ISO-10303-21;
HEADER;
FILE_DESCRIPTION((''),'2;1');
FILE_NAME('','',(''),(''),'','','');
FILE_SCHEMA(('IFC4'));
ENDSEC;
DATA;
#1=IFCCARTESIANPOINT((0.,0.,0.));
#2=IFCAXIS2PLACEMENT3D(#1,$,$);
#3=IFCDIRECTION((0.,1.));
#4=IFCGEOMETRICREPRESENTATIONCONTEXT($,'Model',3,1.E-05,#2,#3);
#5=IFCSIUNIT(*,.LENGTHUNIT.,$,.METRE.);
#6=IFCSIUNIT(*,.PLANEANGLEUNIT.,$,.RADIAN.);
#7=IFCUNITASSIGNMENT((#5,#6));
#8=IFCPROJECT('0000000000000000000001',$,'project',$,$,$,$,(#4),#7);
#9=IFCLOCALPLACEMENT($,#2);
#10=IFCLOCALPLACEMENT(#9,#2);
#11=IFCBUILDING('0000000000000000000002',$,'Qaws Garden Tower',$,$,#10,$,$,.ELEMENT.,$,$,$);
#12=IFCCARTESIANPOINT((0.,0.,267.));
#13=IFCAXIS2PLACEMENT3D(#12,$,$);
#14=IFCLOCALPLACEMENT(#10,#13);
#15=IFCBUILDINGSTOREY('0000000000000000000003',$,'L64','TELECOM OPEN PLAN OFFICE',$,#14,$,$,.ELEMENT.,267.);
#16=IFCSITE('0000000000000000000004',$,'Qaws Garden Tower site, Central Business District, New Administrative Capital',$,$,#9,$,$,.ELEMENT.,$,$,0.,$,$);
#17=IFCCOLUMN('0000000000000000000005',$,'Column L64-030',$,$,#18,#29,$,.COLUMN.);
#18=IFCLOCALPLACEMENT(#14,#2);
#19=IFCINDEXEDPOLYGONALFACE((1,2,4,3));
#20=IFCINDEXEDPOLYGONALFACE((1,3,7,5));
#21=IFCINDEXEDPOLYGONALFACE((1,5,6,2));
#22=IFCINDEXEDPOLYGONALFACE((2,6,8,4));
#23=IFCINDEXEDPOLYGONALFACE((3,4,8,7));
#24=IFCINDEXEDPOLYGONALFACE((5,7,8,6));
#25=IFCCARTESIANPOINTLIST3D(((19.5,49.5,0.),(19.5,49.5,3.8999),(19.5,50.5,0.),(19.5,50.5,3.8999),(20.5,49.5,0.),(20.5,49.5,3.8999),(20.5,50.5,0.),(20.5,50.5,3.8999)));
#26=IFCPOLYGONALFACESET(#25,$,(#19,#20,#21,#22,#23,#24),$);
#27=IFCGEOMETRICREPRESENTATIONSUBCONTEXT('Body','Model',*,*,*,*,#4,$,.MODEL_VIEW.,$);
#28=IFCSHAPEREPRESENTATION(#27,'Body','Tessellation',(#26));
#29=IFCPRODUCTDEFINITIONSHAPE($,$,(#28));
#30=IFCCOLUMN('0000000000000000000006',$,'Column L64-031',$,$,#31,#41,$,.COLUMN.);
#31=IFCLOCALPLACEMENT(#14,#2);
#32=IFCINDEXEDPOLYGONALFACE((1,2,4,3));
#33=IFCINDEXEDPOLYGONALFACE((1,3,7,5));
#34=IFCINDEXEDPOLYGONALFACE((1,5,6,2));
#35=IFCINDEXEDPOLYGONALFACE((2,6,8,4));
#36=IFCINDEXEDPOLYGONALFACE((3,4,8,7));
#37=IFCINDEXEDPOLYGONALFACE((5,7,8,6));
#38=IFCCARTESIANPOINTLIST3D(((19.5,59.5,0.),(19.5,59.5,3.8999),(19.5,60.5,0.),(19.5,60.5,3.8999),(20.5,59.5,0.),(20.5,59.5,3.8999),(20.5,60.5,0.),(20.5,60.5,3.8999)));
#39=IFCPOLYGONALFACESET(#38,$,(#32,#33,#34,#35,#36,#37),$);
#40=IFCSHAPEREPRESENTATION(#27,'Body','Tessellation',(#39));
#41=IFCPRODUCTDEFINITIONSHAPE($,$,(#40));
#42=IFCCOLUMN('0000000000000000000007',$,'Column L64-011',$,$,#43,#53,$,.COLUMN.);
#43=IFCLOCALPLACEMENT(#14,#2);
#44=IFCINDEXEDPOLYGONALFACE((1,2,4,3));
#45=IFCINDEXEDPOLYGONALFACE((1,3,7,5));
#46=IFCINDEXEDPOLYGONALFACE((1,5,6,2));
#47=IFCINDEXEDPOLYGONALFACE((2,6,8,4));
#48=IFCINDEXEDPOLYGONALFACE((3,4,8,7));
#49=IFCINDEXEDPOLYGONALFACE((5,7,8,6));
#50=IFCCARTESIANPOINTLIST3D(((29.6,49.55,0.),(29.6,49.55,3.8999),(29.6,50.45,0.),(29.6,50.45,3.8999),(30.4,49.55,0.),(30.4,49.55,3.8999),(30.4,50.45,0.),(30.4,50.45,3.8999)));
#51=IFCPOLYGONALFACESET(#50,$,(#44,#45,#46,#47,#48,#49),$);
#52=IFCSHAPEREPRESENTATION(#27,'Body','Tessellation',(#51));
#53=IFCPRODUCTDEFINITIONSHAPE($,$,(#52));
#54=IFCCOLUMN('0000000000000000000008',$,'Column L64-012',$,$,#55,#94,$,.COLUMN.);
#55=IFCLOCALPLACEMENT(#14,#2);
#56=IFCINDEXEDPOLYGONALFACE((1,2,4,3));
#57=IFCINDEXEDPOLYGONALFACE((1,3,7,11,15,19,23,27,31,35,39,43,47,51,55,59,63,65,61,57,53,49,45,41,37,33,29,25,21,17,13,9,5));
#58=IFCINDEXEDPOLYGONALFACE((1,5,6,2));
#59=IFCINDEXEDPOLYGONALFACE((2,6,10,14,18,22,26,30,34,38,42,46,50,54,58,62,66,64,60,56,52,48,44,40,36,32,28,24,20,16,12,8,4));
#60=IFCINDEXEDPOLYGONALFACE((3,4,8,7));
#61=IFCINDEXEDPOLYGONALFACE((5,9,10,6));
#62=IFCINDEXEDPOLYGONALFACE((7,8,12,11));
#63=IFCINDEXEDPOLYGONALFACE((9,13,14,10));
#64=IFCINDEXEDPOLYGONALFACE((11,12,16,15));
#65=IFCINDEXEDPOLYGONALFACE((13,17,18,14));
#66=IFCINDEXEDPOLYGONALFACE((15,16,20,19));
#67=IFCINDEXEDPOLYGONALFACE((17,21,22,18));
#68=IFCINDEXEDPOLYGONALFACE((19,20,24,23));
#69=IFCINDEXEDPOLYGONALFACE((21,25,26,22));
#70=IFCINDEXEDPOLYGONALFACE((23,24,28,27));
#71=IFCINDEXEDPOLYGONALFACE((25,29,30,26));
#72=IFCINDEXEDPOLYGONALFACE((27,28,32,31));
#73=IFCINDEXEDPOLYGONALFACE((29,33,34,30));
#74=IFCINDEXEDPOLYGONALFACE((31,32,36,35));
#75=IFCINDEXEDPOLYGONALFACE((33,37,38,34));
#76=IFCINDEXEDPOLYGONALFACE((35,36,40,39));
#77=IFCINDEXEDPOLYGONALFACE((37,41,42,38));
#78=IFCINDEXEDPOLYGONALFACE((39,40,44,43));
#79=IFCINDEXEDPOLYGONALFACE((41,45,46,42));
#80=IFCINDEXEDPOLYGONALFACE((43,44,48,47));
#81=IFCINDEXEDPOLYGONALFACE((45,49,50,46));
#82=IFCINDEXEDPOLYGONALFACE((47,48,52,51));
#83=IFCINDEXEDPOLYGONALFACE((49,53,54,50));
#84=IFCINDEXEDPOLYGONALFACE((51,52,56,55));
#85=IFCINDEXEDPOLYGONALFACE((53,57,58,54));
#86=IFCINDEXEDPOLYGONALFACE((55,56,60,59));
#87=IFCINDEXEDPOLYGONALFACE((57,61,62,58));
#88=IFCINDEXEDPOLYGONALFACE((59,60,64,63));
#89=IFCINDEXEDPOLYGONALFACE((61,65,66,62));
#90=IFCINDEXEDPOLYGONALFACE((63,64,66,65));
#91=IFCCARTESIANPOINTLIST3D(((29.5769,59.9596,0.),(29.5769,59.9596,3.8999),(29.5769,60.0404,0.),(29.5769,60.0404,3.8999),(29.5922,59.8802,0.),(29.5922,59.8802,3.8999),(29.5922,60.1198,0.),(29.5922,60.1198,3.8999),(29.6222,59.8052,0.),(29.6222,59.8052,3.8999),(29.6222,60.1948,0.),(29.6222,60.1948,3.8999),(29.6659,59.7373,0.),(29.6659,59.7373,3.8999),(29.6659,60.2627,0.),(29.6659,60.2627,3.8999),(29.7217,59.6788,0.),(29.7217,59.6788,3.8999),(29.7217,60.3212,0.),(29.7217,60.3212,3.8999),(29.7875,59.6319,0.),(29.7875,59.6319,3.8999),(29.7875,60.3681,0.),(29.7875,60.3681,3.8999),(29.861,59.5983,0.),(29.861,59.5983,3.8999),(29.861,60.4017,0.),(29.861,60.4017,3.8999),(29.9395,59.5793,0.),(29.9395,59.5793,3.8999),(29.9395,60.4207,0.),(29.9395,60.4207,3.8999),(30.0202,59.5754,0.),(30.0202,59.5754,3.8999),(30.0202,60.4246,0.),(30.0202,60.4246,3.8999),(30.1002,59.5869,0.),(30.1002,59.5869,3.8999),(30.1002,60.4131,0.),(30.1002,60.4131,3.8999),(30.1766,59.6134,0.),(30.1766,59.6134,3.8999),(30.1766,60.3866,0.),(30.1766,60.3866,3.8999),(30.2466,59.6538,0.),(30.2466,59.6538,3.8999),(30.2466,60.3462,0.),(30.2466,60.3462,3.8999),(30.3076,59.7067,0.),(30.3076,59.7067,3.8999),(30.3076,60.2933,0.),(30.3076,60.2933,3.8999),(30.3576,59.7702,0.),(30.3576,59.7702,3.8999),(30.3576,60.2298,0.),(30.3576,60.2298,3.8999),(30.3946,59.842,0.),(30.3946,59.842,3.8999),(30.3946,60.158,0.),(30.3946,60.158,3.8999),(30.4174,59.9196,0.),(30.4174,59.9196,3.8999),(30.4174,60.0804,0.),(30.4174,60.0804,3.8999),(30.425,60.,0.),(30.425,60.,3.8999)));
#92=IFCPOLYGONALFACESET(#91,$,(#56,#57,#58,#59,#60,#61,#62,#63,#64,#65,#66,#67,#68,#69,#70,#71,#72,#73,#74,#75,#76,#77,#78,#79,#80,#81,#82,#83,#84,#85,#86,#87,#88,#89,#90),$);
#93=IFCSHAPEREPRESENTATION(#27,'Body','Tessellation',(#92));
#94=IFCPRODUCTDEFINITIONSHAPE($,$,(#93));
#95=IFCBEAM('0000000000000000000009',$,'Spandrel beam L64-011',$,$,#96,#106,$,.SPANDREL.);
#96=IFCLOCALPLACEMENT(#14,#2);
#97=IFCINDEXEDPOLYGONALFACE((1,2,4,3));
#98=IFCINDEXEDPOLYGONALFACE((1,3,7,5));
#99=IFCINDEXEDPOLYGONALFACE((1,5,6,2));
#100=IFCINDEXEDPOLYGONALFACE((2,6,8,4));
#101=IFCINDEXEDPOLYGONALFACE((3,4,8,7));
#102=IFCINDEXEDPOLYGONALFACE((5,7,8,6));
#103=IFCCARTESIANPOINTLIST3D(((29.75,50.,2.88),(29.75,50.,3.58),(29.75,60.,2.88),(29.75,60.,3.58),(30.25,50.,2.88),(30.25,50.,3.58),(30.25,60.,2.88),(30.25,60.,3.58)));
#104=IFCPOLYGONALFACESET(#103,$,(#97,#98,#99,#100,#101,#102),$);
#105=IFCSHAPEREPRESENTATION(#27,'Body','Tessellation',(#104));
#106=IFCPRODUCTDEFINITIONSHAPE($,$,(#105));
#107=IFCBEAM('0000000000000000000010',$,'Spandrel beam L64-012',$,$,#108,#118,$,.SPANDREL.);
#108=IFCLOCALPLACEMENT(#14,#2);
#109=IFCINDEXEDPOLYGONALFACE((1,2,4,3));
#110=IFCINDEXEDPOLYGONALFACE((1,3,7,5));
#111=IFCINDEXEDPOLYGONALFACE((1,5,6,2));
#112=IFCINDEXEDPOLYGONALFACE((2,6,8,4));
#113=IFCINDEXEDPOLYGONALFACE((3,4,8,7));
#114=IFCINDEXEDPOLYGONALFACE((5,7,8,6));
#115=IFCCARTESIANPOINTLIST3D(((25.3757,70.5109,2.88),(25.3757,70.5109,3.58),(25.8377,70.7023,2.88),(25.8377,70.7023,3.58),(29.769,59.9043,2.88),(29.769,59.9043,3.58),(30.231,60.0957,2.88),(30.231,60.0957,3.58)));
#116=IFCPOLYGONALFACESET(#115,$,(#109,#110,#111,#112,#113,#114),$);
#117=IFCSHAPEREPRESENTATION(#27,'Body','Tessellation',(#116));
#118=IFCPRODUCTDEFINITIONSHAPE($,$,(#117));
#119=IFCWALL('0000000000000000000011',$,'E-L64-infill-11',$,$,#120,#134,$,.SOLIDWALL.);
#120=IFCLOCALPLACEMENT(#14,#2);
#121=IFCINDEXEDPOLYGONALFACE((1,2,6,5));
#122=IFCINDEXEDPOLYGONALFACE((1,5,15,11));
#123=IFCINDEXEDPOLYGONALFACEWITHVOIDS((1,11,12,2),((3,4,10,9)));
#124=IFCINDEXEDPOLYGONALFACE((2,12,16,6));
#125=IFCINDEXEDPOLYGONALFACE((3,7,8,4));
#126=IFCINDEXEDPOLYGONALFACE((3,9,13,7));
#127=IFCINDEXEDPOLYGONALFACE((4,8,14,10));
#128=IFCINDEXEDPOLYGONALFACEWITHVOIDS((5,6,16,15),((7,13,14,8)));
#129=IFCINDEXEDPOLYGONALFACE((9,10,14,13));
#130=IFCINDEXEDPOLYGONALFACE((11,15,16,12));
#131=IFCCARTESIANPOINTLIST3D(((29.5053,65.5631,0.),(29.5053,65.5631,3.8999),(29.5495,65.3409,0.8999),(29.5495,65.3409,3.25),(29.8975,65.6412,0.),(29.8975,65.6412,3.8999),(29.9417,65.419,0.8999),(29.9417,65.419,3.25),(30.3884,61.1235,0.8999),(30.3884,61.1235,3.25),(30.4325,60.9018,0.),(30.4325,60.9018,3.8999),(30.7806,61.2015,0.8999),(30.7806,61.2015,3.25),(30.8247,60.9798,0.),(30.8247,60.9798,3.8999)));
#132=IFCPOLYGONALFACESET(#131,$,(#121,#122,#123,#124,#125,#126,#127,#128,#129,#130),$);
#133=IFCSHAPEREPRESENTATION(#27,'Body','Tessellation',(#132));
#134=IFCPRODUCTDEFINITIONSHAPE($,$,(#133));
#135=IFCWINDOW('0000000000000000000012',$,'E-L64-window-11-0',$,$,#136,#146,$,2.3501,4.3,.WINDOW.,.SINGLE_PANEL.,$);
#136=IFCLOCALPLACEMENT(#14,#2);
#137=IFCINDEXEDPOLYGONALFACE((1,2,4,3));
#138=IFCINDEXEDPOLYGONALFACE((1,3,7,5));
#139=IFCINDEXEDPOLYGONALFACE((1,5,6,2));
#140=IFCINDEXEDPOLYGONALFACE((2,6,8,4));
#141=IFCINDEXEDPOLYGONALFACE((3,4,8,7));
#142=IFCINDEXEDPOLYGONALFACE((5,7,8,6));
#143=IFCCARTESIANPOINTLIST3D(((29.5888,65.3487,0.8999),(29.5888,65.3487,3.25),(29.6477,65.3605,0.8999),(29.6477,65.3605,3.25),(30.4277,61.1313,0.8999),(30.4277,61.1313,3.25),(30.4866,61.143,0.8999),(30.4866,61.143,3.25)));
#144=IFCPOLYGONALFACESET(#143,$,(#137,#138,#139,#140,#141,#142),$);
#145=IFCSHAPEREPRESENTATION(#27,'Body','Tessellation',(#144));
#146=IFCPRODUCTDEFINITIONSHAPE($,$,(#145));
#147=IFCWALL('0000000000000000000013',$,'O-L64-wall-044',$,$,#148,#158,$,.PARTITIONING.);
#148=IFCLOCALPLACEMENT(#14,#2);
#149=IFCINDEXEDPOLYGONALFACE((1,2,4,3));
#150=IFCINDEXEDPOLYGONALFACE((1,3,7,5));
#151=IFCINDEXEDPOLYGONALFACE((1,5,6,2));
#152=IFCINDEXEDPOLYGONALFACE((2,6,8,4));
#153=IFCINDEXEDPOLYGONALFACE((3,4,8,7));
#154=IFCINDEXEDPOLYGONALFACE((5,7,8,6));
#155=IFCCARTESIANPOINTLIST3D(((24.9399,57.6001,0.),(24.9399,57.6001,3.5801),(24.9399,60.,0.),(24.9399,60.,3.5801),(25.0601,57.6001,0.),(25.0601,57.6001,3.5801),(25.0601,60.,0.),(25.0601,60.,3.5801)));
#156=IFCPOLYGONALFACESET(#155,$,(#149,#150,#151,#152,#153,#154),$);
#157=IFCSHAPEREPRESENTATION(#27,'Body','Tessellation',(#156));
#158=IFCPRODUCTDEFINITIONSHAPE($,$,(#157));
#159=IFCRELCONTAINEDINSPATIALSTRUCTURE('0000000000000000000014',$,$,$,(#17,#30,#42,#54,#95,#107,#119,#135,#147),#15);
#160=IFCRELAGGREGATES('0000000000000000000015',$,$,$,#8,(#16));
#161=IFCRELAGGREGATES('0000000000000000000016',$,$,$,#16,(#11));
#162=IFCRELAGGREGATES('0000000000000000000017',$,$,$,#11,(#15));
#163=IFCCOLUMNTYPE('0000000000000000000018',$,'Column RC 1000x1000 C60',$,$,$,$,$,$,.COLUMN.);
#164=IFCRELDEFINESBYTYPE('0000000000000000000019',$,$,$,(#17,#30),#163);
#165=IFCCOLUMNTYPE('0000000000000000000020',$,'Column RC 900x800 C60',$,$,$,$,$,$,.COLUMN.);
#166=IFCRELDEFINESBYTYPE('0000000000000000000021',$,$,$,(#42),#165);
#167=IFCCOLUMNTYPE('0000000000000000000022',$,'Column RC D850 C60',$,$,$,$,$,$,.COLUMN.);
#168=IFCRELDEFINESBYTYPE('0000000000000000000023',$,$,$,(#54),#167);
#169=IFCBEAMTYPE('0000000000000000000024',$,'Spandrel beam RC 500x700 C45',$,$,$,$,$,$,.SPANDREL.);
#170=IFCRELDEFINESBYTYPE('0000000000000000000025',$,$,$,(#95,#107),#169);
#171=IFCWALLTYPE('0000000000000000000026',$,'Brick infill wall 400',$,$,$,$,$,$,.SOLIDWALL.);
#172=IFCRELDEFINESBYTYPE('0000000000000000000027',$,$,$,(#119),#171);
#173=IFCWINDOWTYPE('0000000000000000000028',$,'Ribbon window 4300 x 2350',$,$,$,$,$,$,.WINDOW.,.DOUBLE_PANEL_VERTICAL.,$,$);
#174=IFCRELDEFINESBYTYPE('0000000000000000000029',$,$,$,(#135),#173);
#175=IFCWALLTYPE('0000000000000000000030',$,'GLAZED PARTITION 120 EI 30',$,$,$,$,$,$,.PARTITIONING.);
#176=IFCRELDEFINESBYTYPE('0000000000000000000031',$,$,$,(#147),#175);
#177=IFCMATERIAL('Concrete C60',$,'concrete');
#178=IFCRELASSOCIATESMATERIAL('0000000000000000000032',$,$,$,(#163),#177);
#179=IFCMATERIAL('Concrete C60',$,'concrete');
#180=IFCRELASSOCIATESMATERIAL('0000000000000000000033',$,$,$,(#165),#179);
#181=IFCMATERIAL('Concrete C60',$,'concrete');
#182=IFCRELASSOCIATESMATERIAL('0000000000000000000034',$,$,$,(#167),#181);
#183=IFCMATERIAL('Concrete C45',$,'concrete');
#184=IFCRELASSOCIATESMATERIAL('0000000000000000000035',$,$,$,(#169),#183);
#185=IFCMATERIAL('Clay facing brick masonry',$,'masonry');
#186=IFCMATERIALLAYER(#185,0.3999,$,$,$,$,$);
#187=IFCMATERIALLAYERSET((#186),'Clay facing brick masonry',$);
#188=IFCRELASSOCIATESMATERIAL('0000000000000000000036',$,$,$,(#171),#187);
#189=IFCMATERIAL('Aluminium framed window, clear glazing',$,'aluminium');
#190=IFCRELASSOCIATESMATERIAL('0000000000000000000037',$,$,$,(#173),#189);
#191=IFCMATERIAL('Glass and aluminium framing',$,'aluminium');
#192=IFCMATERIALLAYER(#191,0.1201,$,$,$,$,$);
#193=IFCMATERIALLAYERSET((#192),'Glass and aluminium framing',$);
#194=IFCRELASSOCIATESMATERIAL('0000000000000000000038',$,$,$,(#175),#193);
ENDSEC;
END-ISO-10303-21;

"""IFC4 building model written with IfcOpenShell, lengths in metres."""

from ifc_helpers import new_model, si_unit, direction, frame, frame_2d, origin, origin_2d, place, context, subcontext, project, spatial, rectangle, circle, extrude, material, layer, layer_set, material_profile, profile_set, type_object, element, fill, save


model = new_model("IFC4")

# Units and contexts
model_context = context("Model", 3, precision=1e-05, world=origin(), true_north=direction((0.0, 1.0)))
body_context = subcontext(model_context, "Body", "Model", "MODEL_VIEW")
ifc_project = project(units=[si_unit("LENGTHUNIT", "METRE"), si_unit("PLANEANGLEUNIT", "RADIAN")], contexts=[model_context])

# Site, building, storey
site_placement = place(None, origin())
site = spatial("IfcSite", under=ifc_project, at=site_placement, Name="Qaws Garden Tower site, Central Business District, New Administrative Capital", CompositionType="ELEMENT", RefElevation=0.0)
building_placement = place(site_placement, origin())
building = spatial("IfcBuilding", under=site, at=building_placement, Name="Qaws Garden Tower", CompositionType="ELEMENT")
storey_placement = place(building_placement, frame((0.0, 0.0, 267.0)))
storey = spatial("IfcBuildingStorey", under=building, at=storey_placement, Name="L64", Description="TELECOM OPEN PLAN OFFICE", CompositionType="ELEMENT", Elevation=267.0)

# Columns
ifc_material_1 = material(Name="Concrete C60", Category="concrete")
ifc_material_profile_1 = material_profile(ifc_material_1, rectangle(XDim=1.0, YDim=1.0, at=origin_2d()), Name="RC 1000x1000")
ifc_profile_set_1 = profile_set([ifc_material_profile_1], Name="Concrete C60")
column_type_1 = type_object("IfcColumnType", Name="Column RC 1000x1000 C60", PredefinedType="COLUMN", material=ifc_profile_set_1)
for number, where, z_axis, x_axis, name in (
    (1, (20.0, 50.0, 0.0), (0.0, 0.0, 1.0), (1.0, 0.0, 0.0), "Column L64-030"),
    (2, (20.0, 60.0, 0.0), (0.0, 0.0, 1.0), (1.0, 0.0, 0.0), "Column L64-031"),
):
    element("IfcColumn", number, at=place(storey_placement, frame(where, z_axis=z_axis, x_axis=x_axis)), inside=storey, type_object=column_type_1, Name=name, PredefinedType="COLUMN", context=body_context, shape_type="SweptSolid", body=[
        extrude(rectangle(XDim=1.0, YDim=1.0, at=origin_2d()), origin(), (0.0, 0.0, 1.0), 3.8999),
    ])
ifc_material_2 = material(Name="Concrete C60", Category="concrete")
ifc_material_profile_2 = material_profile(ifc_material_2, rectangle(XDim=0.8999, YDim=0.8, at=origin_2d()), Name="RC 900x800")
ifc_profile_set_2 = profile_set([ifc_material_profile_2], Name="Concrete C60")
column_type_2 = type_object("IfcColumnType", Name="Column RC 900x800 C60", PredefinedType="COLUMN", material=ifc_profile_set_2)
column_1_placement = place(storey_placement, frame((30.0, 50.0, 0.0), z_axis=(0.0, 0.0, 1.0), x_axis=(0.0, 1.0, 0.0)))
element("IfcColumn", 3, at=column_1_placement, inside=storey, type_object=column_type_2, Name="Column L64-011", PredefinedType="COLUMN", context=body_context, shape_type="SweptSolid", body=[
    extrude(rectangle(XDim=0.8999, YDim=0.8, at=origin_2d()), origin(), (0.0, 0.0, 1.0), 3.8999),
])
ifc_material_3 = material(Name="Concrete C60", Category="concrete")
ifc_material_profile_3 = material_profile(ifc_material_3, circle(Radius=0.425, at=origin_2d()), Name="RC D850")
ifc_profile_set_3 = profile_set([ifc_material_profile_3], Name="Concrete C60")
column_type_3 = type_object("IfcColumnType", Name="Column RC D850 C60", PredefinedType="COLUMN", material=ifc_profile_set_3)
column_2_placement = place(storey_placement, frame((30.0, 60.0, 0.0), z_axis=(0.0, 0.0, 1.0), x_axis=(1.0, 0.0, 0.0)))
element("IfcColumn", 4, at=column_2_placement, inside=storey, type_object=column_type_3, Name="Column L64-012", PredefinedType="COLUMN", context=body_context, shape_type="SweptSolid", body=[
    extrude(circle(Radius=0.425, at=origin_2d()), origin(), (0.0, 0.0, 1.0), 3.8999),
])

# Beams
ifc_material_4 = material(Name="Concrete C45", Category="concrete")
ifc_material_profile_4 = material_profile(ifc_material_4, rectangle(XDim=0.5, YDim=0.7, at=origin_2d()), Name="RC 500x700")
ifc_profile_set_4 = profile_set([ifc_material_profile_4], Name="Concrete C45")
beam_type = type_object("IfcBeamType", Name="Spandrel beam RC 500x700 C45", PredefinedType="SPANDREL", material=ifc_profile_set_4)
beam_1_placement = place(storey_placement, frame((30.0, 50.0, 3.23), z_axis=(0.0, 1.0, 0.0), x_axis=(-1.0, 0.0, 0.0)))
element("IfcBeam", 5, at=beam_1_placement, inside=storey, type_object=beam_type, Name="Spandrel beam L64-011", PredefinedType="SPANDREL", context=body_context, shape_type="SweptSolid", body=[
    extrude(rectangle(XDim=0.5, YDim=0.7, at=origin_2d()), origin(), (0.0, 0.0, 1.0), 10.0),
])
beam_2_placement = place(storey_placement, frame((30.0, 60.0, 3.23), z_axis=(-0.382674, 0.923883, 0.0), x_axis=(-0.923883, -0.382674, 0.0)))
element("IfcBeam", 6, at=beam_2_placement, inside=storey, type_object=beam_type, Name="Spandrel beam L64-012", PredefinedType="SPANDREL", context=body_context, shape_type="SweptSolid", body=[
    extrude(rectangle(XDim=0.5, YDim=0.7, at=origin_2d()), origin(), (0.0, 0.0, 1.0), 11.4805),
])

# Wall, opening, window
ifc_material_5 = material(Name="Clay facing brick masonry", Category="masonry")
ifc_layer_1 = layer(ifc_material_5, 0.3999)
ifc_layer_set_1 = layer_set([ifc_layer_1], Name="Clay facing brick masonry")
wall_type_1 = type_object("IfcWallType", Name="Brick infill wall 400", PredefinedType="SOLIDWALL", material=ifc_layer_set_1)
wall_1_placement = place(storey_placement, frame((30.6287, 60.9407, 0.0), z_axis=(0.0, 0.0, 1.0), x_axis=(-0.195099, 0.980784, 0.0)))
wall_1 = element("IfcWall", 7, at=wall_1_placement, inside=storey, type_object=wall_type_1, Name="E-L64-infill-11", PredefinedType="SOLIDWALL", context=body_context, shape_type="SweptSolid", body=[
    extrude(rectangle(XDim=4.7527, YDim=0.3999, at=frame_2d((2.3765, 0.0))), origin(), (0.0, 0.0, 1.0), 3.8999),
])
opening_1_placement = place(wall_1_placement, frame((0.2263, 0.0, 0.8999)))
opening_1 = element("IfcOpeningElement", 8, at=opening_1_placement, cuts=wall_1, PredefinedType="OPENING", context=body_context, shape_type="SweptSolid", body=[
    extrude(rectangle(XDim=4.3, YDim=2.3501, at=frame_2d((2.1499, 1.175))), frame((0.0, 0.21, 0.0), z_axis=(0.0, -1.0, 0.0), x_axis=(1.0, 0.0, 0.0)), (0.0, 0.0, 1.0), 0.4199),
])
ifc_material_6 = material(Name="Aluminium framed window, clear glazing", Category="aluminium")
window_type = type_object("IfcWindowType", Name="Ribbon window 4300 x 2350", PartitioningType="DOUBLE_PANEL_VERTICAL", PredefinedType="WINDOW", material=ifc_material_6)
window_placement = place(opening_1_placement, origin())
window = element("IfcWindow", 9, at=window_placement, inside=storey, type_object=window_type, Name="E-L64-window-11-0", OverallHeight=2.3501, OverallWidth=4.3, PartitioningType="SINGLE_PANEL", PredefinedType="WINDOW", context=body_context, shape_type="SweptSolid", body=[
    extrude(rectangle(XDim=4.3, YDim=2.3501, at=frame_2d((2.1499, 1.175))), frame((0.0, 0.1599, 0.0), z_axis=(0.0, -1.0, 0.0), x_axis=(1.0, 0.0, 0.0)), (0.0, 0.0, 1.0), 0.0601),
])
fill(opening_1, window)

# Wall
ifc_material_7 = material(Name="Glass and aluminium framing", Category="aluminium")
ifc_layer_2 = layer(ifc_material_7, 0.1201)
ifc_layer_set_2 = layer_set([ifc_layer_2], Name="Glass and aluminium framing")
wall_type_2 = type_object("IfcWallType", Name="GLAZED PARTITION 120 EI 30", PredefinedType="PARTITIONING", material=ifc_layer_set_2)
wall_2_placement = place(storey_placement, frame((25.0, 57.6001, 0.0), z_axis=(0.0, 0.0, 1.0), x_axis=(0.0, 1.0, 0.0)))
element("IfcWall", 10, at=wall_2_placement, inside=storey, type_object=wall_type_2, Name="O-L64-wall-044", PredefinedType="PARTITIONING", context=body_context, shape_type="SweptSolid", body=[
    extrude(rectangle(XDim=2.3999, YDim=0.1201, at=frame_2d((1.2, 0.0))), origin(), (0.0, 0.0, 1.0), 3.5801),
])

save(model, "model.ifc")
